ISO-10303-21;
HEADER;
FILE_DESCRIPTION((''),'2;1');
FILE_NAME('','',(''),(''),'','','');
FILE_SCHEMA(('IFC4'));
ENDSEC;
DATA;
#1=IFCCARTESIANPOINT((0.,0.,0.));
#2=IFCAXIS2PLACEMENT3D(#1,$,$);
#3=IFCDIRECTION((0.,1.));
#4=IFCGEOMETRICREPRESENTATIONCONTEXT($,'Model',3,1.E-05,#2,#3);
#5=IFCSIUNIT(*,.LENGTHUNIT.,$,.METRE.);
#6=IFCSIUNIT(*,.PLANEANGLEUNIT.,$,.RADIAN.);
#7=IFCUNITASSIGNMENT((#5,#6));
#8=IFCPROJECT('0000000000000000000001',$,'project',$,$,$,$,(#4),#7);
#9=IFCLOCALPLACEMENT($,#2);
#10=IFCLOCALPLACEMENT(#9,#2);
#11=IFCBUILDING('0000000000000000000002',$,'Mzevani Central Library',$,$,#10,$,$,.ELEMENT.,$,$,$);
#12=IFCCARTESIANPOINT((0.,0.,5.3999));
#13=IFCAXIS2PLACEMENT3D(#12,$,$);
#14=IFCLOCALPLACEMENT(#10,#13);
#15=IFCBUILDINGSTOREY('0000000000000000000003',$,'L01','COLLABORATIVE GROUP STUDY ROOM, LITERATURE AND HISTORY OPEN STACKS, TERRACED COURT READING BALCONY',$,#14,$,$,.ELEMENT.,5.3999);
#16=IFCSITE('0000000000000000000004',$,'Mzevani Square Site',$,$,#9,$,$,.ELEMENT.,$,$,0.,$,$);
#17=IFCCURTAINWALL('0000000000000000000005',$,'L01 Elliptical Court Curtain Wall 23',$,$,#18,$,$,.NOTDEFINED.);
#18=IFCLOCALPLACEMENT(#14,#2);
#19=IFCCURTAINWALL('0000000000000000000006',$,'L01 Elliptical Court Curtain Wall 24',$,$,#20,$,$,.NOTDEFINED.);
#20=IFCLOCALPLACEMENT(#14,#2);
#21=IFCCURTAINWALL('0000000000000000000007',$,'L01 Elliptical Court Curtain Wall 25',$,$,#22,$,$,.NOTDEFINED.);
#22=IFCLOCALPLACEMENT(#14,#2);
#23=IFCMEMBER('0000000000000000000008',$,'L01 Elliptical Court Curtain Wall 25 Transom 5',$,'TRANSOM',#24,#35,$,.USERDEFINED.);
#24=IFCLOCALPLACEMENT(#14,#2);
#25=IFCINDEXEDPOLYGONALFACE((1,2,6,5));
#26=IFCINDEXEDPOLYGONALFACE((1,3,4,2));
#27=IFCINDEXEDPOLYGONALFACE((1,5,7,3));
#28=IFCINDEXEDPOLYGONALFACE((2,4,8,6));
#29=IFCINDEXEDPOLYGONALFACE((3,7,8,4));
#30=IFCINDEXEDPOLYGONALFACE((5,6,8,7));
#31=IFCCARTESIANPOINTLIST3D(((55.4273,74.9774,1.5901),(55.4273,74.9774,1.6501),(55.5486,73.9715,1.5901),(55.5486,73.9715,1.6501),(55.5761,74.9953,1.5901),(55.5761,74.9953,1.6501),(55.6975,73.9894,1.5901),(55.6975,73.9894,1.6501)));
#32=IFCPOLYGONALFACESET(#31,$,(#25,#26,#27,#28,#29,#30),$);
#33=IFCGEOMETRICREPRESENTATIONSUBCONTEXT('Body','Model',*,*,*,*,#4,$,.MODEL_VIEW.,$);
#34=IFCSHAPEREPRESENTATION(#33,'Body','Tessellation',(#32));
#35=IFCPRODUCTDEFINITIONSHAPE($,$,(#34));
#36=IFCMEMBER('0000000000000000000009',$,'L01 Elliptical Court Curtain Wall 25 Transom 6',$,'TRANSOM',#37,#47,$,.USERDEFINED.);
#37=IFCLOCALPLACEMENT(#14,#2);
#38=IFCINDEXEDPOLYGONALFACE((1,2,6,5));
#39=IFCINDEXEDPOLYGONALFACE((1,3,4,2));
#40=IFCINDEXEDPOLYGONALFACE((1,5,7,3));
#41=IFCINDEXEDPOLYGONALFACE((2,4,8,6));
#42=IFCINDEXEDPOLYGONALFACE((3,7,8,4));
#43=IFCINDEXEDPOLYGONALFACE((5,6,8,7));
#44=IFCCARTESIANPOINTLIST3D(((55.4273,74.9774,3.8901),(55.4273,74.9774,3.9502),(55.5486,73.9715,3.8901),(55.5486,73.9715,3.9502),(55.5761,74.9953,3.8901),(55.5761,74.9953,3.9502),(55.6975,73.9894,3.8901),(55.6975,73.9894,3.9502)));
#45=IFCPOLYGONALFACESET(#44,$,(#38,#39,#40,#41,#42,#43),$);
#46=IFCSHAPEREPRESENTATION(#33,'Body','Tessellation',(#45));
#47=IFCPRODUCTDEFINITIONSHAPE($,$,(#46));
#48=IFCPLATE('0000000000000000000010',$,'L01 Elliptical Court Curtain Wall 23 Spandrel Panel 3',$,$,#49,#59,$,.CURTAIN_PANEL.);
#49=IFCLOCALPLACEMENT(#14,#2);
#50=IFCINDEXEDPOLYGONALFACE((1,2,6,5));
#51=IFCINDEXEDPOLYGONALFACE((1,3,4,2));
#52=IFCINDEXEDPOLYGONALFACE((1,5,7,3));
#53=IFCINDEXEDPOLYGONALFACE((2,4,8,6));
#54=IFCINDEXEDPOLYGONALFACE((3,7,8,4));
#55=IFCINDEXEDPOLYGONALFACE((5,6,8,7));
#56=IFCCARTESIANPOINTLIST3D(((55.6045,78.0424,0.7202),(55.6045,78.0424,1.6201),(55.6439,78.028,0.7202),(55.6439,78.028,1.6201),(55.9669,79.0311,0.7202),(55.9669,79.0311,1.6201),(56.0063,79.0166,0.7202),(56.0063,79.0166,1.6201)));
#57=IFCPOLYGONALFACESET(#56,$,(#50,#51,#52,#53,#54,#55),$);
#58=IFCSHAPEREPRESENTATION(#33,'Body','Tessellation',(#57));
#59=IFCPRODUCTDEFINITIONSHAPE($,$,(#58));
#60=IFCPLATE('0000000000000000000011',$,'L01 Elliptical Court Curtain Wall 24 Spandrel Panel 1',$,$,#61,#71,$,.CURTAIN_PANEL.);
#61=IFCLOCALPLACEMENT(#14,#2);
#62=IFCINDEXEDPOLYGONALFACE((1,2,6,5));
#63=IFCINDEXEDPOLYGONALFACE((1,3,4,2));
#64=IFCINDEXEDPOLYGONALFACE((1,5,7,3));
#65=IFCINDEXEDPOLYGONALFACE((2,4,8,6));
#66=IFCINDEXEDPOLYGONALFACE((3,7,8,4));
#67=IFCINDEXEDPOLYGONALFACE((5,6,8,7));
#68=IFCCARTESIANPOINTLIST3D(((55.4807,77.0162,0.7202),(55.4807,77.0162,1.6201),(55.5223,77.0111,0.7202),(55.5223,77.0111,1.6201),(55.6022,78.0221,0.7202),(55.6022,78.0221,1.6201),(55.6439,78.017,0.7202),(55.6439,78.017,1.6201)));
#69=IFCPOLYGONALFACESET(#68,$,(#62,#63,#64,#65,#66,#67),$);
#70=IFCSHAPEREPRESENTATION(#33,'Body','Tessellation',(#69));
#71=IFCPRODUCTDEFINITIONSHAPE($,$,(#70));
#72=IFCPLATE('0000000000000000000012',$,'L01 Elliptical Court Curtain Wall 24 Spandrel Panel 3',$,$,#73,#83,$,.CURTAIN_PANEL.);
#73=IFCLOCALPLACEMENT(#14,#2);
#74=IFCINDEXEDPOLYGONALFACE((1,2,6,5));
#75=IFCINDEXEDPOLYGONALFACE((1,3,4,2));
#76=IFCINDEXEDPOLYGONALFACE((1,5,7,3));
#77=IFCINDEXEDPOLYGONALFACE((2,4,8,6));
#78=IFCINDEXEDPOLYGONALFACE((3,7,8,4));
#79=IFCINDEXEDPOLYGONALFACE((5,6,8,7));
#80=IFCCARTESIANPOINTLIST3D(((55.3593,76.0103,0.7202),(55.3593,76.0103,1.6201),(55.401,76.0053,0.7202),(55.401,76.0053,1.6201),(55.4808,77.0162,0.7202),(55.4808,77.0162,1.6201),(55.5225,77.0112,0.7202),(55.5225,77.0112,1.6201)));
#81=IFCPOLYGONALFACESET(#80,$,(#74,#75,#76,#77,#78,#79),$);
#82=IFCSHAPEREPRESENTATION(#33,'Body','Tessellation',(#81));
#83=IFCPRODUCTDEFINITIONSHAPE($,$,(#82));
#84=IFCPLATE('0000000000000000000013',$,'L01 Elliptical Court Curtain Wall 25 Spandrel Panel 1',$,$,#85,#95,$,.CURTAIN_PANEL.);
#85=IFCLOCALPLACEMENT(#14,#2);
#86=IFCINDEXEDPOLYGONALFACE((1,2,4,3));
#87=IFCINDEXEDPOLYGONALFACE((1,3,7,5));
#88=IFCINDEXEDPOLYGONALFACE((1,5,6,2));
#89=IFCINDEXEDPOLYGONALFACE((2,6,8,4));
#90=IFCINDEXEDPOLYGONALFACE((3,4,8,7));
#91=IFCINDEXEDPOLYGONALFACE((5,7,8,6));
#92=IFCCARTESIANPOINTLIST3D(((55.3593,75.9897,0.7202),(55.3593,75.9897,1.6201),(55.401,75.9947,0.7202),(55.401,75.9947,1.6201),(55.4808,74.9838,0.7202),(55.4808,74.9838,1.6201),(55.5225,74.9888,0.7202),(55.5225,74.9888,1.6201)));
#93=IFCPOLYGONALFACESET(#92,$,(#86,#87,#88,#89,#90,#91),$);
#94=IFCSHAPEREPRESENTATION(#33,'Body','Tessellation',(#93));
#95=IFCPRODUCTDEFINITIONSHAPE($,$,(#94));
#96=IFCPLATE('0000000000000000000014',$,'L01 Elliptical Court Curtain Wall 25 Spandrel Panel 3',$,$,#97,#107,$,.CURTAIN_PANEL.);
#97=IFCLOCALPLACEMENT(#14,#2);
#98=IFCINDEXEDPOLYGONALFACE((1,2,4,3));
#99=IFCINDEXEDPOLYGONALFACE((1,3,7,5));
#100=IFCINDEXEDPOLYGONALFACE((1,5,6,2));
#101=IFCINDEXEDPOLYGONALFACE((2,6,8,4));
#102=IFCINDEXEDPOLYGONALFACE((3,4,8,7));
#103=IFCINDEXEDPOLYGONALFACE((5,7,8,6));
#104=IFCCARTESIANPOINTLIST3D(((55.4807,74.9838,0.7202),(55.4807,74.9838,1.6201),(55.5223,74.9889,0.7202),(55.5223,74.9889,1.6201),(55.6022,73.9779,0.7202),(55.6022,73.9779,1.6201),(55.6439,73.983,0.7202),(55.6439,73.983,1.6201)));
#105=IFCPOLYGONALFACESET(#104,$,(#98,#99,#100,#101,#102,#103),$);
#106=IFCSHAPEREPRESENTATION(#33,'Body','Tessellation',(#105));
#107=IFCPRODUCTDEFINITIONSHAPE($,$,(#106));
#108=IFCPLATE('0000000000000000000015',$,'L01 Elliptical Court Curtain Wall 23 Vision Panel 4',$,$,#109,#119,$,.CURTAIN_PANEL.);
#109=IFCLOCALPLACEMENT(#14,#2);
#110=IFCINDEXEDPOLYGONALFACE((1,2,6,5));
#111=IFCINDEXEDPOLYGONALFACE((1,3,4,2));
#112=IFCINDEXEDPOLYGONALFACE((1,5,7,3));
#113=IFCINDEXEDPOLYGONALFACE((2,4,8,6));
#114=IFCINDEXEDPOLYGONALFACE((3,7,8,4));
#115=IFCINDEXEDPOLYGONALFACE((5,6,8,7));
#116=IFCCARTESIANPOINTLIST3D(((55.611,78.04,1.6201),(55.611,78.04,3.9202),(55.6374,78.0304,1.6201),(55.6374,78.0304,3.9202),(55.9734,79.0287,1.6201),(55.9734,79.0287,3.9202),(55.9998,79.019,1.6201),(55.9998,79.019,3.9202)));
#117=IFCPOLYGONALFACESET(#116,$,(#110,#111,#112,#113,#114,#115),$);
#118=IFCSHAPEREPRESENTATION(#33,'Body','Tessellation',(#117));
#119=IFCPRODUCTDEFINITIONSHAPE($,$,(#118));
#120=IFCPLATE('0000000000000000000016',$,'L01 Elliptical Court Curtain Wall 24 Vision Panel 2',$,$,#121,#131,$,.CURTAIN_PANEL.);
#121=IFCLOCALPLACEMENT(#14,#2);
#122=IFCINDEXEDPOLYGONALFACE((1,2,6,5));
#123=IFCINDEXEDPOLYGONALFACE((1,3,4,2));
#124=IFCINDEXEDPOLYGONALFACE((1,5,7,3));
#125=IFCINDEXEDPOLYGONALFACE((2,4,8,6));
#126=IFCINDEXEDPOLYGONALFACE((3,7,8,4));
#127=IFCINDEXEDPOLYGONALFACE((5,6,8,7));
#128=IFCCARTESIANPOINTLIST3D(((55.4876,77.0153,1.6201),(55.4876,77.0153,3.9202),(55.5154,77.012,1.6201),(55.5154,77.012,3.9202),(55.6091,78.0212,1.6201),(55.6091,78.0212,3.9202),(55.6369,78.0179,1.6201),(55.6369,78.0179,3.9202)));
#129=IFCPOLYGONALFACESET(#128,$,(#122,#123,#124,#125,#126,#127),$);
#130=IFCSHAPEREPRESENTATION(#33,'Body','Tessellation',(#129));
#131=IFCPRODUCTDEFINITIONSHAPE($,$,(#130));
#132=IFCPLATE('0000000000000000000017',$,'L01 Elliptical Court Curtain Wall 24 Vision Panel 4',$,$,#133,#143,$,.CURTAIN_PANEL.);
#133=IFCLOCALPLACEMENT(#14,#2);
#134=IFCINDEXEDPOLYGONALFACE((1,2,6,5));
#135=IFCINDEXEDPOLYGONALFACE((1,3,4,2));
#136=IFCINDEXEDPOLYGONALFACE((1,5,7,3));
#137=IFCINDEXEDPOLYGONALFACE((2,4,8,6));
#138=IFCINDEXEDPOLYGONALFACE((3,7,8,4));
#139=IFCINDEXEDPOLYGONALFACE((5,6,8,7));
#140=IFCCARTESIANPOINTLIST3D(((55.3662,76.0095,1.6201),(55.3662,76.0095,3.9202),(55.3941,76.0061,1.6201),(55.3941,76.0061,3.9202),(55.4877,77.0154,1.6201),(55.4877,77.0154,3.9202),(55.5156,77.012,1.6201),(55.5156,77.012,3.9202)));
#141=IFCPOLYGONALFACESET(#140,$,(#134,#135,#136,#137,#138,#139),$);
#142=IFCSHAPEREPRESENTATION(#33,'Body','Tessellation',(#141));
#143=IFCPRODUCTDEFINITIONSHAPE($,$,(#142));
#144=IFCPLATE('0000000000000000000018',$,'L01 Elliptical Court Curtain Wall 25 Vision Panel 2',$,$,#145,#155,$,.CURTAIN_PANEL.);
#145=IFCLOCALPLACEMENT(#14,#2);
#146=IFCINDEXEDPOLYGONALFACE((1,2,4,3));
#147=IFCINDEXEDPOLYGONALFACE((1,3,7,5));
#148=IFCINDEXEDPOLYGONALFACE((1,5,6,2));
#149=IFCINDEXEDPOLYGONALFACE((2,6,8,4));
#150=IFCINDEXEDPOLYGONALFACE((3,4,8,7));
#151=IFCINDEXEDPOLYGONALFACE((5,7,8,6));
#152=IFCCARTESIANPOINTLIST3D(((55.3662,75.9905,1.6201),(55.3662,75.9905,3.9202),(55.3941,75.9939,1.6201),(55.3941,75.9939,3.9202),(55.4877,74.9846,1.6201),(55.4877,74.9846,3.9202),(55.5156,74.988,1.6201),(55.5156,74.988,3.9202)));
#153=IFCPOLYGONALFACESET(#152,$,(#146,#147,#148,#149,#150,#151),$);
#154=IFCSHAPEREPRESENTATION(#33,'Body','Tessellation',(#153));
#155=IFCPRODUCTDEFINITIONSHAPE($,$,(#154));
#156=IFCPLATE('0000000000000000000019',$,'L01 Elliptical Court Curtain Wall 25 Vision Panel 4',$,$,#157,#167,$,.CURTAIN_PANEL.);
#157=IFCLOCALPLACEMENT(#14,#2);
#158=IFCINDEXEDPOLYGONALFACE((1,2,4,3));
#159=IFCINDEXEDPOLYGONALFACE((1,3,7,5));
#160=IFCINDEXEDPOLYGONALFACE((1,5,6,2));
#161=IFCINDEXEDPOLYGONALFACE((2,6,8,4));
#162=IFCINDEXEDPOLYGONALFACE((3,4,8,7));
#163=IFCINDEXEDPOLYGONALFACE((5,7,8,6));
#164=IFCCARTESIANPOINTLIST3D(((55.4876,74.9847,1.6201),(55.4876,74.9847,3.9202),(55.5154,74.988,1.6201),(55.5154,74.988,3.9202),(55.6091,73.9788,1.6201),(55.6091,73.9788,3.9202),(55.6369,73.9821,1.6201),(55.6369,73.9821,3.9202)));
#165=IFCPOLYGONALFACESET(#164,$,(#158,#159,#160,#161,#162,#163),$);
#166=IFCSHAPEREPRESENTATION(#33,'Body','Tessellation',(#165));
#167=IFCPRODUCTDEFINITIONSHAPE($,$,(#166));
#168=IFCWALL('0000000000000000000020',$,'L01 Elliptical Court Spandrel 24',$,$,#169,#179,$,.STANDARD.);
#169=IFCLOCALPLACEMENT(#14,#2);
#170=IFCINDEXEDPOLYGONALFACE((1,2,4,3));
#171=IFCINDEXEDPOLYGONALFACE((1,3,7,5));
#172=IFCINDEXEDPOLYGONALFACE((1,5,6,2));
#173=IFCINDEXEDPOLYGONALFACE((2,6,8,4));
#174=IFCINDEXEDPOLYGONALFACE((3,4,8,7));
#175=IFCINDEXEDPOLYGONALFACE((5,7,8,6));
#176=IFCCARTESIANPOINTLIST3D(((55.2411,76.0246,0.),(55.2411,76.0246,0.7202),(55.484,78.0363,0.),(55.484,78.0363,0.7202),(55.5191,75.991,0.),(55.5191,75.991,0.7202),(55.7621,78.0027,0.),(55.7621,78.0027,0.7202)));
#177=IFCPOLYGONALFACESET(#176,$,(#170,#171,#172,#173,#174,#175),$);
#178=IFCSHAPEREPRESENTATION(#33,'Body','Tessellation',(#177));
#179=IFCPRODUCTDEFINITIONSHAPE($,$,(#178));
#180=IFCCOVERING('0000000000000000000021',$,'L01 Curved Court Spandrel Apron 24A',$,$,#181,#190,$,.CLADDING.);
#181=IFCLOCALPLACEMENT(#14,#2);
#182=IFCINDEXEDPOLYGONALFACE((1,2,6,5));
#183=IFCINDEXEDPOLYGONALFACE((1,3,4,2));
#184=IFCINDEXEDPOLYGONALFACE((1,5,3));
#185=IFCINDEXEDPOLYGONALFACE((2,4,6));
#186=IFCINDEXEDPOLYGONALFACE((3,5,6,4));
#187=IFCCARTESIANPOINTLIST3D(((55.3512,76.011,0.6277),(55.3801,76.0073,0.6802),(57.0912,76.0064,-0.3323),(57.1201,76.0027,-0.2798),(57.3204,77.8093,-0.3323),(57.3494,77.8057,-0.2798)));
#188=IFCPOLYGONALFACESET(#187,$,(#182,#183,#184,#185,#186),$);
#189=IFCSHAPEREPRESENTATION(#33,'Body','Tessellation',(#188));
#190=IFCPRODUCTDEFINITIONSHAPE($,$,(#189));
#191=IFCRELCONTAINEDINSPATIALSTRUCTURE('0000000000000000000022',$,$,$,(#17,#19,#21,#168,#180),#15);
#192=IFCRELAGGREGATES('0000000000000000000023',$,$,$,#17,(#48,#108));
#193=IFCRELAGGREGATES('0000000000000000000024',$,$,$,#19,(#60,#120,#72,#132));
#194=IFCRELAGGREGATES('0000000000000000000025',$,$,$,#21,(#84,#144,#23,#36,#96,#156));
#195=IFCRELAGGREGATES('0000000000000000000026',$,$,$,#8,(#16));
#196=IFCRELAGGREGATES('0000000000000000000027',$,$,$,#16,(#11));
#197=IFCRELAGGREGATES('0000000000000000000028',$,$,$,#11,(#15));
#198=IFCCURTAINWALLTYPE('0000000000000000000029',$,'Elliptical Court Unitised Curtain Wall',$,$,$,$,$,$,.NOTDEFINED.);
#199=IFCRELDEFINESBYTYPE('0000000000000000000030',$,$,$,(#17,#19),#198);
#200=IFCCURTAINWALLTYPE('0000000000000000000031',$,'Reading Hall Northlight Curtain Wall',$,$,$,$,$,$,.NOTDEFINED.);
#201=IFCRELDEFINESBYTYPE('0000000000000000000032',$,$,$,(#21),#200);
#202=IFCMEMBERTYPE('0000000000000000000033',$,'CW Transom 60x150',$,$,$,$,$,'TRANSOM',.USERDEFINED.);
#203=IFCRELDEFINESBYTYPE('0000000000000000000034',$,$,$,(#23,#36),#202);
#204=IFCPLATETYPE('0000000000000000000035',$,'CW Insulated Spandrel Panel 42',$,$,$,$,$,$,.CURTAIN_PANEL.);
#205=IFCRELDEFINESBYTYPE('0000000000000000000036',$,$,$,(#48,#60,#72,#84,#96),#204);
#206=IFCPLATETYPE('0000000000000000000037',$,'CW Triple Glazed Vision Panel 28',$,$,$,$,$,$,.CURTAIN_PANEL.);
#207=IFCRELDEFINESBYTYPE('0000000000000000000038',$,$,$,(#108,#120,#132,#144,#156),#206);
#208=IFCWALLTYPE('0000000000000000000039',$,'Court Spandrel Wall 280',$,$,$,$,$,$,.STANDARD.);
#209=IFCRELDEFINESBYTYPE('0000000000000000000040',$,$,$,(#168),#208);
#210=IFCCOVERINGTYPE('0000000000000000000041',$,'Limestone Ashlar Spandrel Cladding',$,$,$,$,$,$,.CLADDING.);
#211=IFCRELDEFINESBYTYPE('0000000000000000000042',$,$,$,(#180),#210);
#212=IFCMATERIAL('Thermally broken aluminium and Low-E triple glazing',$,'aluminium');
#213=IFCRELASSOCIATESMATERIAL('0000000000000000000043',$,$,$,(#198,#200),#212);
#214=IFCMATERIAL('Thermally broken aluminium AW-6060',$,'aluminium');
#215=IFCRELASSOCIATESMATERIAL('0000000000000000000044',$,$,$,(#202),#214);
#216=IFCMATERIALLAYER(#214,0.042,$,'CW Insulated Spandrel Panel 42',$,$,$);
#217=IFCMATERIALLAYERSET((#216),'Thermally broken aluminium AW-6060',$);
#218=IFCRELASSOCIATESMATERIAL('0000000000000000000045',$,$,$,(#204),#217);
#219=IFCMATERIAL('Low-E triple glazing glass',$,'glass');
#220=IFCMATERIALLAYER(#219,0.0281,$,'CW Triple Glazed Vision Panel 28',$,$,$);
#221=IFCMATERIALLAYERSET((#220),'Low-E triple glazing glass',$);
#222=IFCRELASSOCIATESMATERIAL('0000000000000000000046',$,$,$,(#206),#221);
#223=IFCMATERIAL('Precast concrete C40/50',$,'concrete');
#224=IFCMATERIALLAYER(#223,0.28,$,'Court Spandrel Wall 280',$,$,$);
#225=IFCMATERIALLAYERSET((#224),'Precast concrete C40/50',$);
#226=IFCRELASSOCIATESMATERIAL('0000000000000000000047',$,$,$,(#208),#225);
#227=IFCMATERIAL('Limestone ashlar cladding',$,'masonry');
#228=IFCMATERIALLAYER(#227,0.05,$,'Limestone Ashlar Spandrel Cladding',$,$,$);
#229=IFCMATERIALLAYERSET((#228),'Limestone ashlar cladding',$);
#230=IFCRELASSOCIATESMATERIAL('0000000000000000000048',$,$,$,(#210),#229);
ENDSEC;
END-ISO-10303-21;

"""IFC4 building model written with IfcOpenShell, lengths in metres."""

from ifc_helpers import new_model, si_unit, direction, frame, frame_2d, origin, origin_2d, place, context, subcontext, project, spatial, polyline, rectangle, outline, extrude, material, layer, layer_set, material_profile, profile_set, type_object, element, aggregate, save


model = new_model("IFC4")

# Units and contexts
model_context = context("Model", 3, precision=1e-05, world=origin(), true_north=direction((0.0, 1.0)))
body_context = subcontext(model_context, "Body", "Model", "MODEL_VIEW")
ifc_project = project(units=[si_unit("LENGTHUNIT", "METRE"), si_unit("PLANEANGLEUNIT", "RADIAN")], contexts=[model_context])

# Site, building, storey
site_placement = place(None, origin())
site = spatial("IfcSite", under=ifc_project, at=site_placement, Name="Mzevani Square Site", CompositionType="ELEMENT", RefElevation=0.0)
building_placement = place(site_placement, origin())
building = spatial("IfcBuilding", under=site, at=building_placement, Name="Mzevani Central Library", CompositionType="ELEMENT")
storey_placement = place(building_placement, frame((0.0, 0.0, 5.3999)))
storey = spatial("IfcBuildingStorey", under=building, at=storey_placement, Name="L01", Description="COLLABORATIVE GROUP STUDY ROOM, LITERATURE AND HISTORY OPEN STACKS, TERRACED COURT READING BALCONY", CompositionType="ELEMENT", Elevation=5.3999)

# Curtain wall
ifc_material_1 = material(Name="Thermally broken aluminium and Low-E triple glazing", Category="aluminium")
curtain_wall_type_1 = type_object("IfcCurtainWallType", Name="Elliptical Court Unitised Curtain Wall", PredefinedType="NOTDEFINED", material=ifc_material_1)
curtain_wall_1_placement = place(storey_placement, origin())
curtain_wall_1 = element("IfcCurtainWall", 1, at=curtain_wall_1_placement, inside=storey, type_object=curtain_wall_type_1, Name="L01 Elliptical Court Curtain Wall 23", PredefinedType="NOTDEFINED")
ifc_material_2 = material(Name="Thermally broken aluminium AW-6060", Category="aluminium")

# Curtain walls
curtain_wall_2_placement = place(storey_placement, origin())
curtain_wall_2 = element("IfcCurtainWall", 2, at=curtain_wall_2_placement, inside=storey, type_object=curtain_wall_type_1, Name="L01 Elliptical Court Curtain Wall 24", PredefinedType="NOTDEFINED")
curtain_wall_type_2 = type_object("IfcCurtainWallType", Name="Reading Hall Northlight Curtain Wall", PredefinedType="NOTDEFINED", material=ifc_material_1)
curtain_wall_3_placement = place(storey_placement, origin())
curtain_wall_3 = element("IfcCurtainWall", 3, at=curtain_wall_3_placement, inside=storey, type_object=curtain_wall_type_2, Name="L01 Elliptical Court Curtain Wall 25", PredefinedType="NOTDEFINED")

# Members
ifc_material_profile_1 = material_profile(ifc_material_2, rectangle(XDim=0.1499, YDim=0.0601, at=origin_2d()), Name="ALU T60x150")
ifc_profile_set_1 = profile_set([ifc_material_profile_1], Name="Thermally broken aluminium AW-6060")
member_type_1 = type_object("IfcMemberType", Name="CW Transom 60x150", ElementType="TRANSOM", PredefinedType="USERDEFINED", material=ifc_profile_set_1)
member_1_placement = place(storey_placement, frame((55.5017, 74.9863, 1.6201), z_axis=(0.119763, -0.992803, 0.0), x_axis=(0.992803, 0.119763, 0.0)))
member_1 = element("IfcMember", 4, at=member_1_placement, type_object=member_type_1, Name="L01 Elliptical Court Curtain Wall 25 Transom 5", ObjectType="TRANSOM", PredefinedType="USERDEFINED", context=body_context, shape_type="SweptSolid", body=[
    extrude(rectangle(XDim=0.1499, YDim=0.0601, at=origin_2d()), origin(), (0.0, 0.0, 1.0), 1.0132),
])
member_2_placement = place(storey_placement, frame((55.5017, 74.9863, 3.9202), z_axis=(0.119763, -0.992803, 0.0), x_axis=(0.992803, 0.119763, 0.0)))
member_2 = element("IfcMember", 5, at=member_2_placement, type_object=member_type_1, Name="L01 Elliptical Court Curtain Wall 25 Transom 6", ObjectType="TRANSOM", PredefinedType="USERDEFINED", context=body_context, shape_type="SweptSolid", body=[
    extrude(rectangle(XDim=0.1499, YDim=0.0601, at=origin_2d()), origin(), (0.0, 0.0, 1.0), 1.0132),
])

# Plates
ifc_layer_1 = layer(ifc_material_2, 0.042, Name="CW Insulated Spandrel Panel 42")
ifc_layer_set_1 = layer_set([ifc_layer_1], Name="Thermally broken aluminium AW-6060")
plate_type_1 = type_object("IfcPlateType", Name="CW Insulated Spandrel Panel 42", PredefinedType="CURTAIN_PANEL", material=ifc_layer_set_1)
plate_1_placement = place(storey_placement, frame((55.8054, 78.5295, 0.7202), z_axis=(0.0, 0.0, 1.0), x_axis=(-0.344166, -0.938909, 0.0)))
plate_1 = element("IfcPlate", 6, at=plate_1_placement, type_object=plate_type_1, Name="L01 Elliptical Court Curtain Wall 23 Spandrel Panel 3", PredefinedType="CURTAIN_PANEL", context=body_context, shape_type="SweptSolid", body=[
    extrude(rectangle(XDim=1.053, YDim=0.042, at=origin_2d()), origin(), (0.0, 0.0, 1.0), 0.8999),
])
plate_2_placement = place(storey_placement, frame((55.5623, 77.5166, 0.7202), z_axis=(0.0, 0.0, 1.0), x_axis=(-0.119922, -0.992783, 0.0)))
plate_2 = element("IfcPlate", 7, at=plate_2_placement, type_object=plate_type_1, Name="L01 Elliptical Court Curtain Wall 24 Spandrel Panel 1", PredefinedType="CURTAIN_PANEL", context=body_context, shape_type="SweptSolid", body=[
    extrude(rectangle(XDim=1.0132, YDim=0.042, at=origin_2d()), origin(), (0.0, 0.0, 1.0), 0.8999),
])
plate_3_placement = place(storey_placement, frame((55.4409, 76.5107, 0.7202), z_axis=(0.0, 0.0, 1.0), x_axis=(-0.119922, -0.992783, 0.0)))
plate_3 = element("IfcPlate", 8, at=plate_3_placement, type_object=plate_type_1, Name="L01 Elliptical Court Curtain Wall 24 Spandrel Panel 3", PredefinedType="CURTAIN_PANEL", context=body_context, shape_type="SweptSolid", body=[
    extrude(rectangle(XDim=1.0132, YDim=0.042, at=origin_2d()), origin(), (0.0, 0.0, 1.0), 0.8999),
])
plate_4_placement = place(storey_placement, frame((55.4409, 75.4893, 0.7202), z_axis=(0.0, 0.0, 1.0), x_axis=(0.119922, -0.992783, 0.0)))
plate_4 = element("IfcPlate", 9, at=plate_4_placement, type_object=plate_type_1, Name="L01 Elliptical Court Curtain Wall 25 Spandrel Panel 1", PredefinedType="CURTAIN_PANEL", context=body_context, shape_type="SweptSolid", body=[
    extrude(rectangle(XDim=1.0132, YDim=0.042, at=origin_2d()), origin(), (0.0, 0.0, 1.0), 0.8999),
])
plate_5_placement = place(storey_placement, frame((55.5623, 74.4834, 0.7202), z_axis=(0.0, 0.0, 1.0), x_axis=(0.119922, -0.992783, 0.0)))
plate_5 = element("IfcPlate", 10, at=plate_5_placement, type_object=plate_type_1, Name="L01 Elliptical Court Curtain Wall 25 Spandrel Panel 3", PredefinedType="CURTAIN_PANEL", context=body_context, shape_type="SweptSolid", body=[
    extrude(rectangle(XDim=1.0132, YDim=0.042, at=origin_2d()), origin(), (0.0, 0.0, 1.0), 0.8999),
])
ifc_material_3 = material(Name="Low-E triple glazing glass", Category="glass")
ifc_layer_2 = layer(ifc_material_3, 0.0281, Name="CW Triple Glazed Vision Panel 28")
ifc_layer_set_2 = layer_set([ifc_layer_2], Name="Low-E triple glazing glass")
plate_type_2 = type_object("IfcPlateType", Name="CW Triple Glazed Vision Panel 28", PredefinedType="CURTAIN_PANEL", material=ifc_layer_set_2)
plate_6_placement = place(storey_placement, frame((55.8054, 78.5295, 1.6201), z_axis=(0.0, 0.0, 1.0), x_axis=(-0.344166, -0.938909, 0.0)))
plate_6 = element("IfcPlate", 11, at=plate_6_placement, type_object=plate_type_2, Name="L01 Elliptical Court Curtain Wall 23 Vision Panel 4", PredefinedType="CURTAIN_PANEL", context=body_context, shape_type="SweptSolid", body=[
    extrude(rectangle(XDim=1.053, YDim=0.0281, at=origin_2d()), origin(), (0.0, 0.0, 1.0), 2.3),
])
aggregate(curtain_wall_1, [plate_1, plate_6])
plate_7_placement = place(storey_placement, frame((55.5623, 77.5166, 1.6201), z_axis=(0.0, 0.0, 1.0), x_axis=(-0.119922, -0.992783, 0.0)))
plate_7 = element("IfcPlate", 12, at=plate_7_placement, type_object=plate_type_2, Name="L01 Elliptical Court Curtain Wall 24 Vision Panel 2", PredefinedType="CURTAIN_PANEL", context=body_context, shape_type="SweptSolid", body=[
    extrude(rectangle(XDim=1.0132, YDim=0.0281, at=origin_2d()), origin(), (0.0, 0.0, 1.0), 2.3),
])
plate_8_placement = place(storey_placement, frame((55.4409, 76.5107, 1.6201), z_axis=(0.0, 0.0, 1.0), x_axis=(-0.119922, -0.992783, 0.0)))
plate_8 = element("IfcPlate", 13, at=plate_8_placement, type_object=plate_type_2, Name="L01 Elliptical Court Curtain Wall 24 Vision Panel 4", PredefinedType="CURTAIN_PANEL", context=body_context, shape_type="SweptSolid", body=[
    extrude(rectangle(XDim=1.0132, YDim=0.0281, at=origin_2d()), origin(), (0.0, 0.0, 1.0), 2.3),
])
aggregate(curtain_wall_2, [plate_2, plate_7, plate_3, plate_8])
plate_9_placement = place(storey_placement, frame((55.4409, 75.4893, 1.6201), z_axis=(0.0, 0.0, 1.0), x_axis=(0.119922, -0.992783, 0.0)))
plate_9 = element("IfcPlate", 14, at=plate_9_placement, type_object=plate_type_2, Name="L01 Elliptical Court Curtain Wall 25 Vision Panel 2", PredefinedType="CURTAIN_PANEL", context=body_context, shape_type="SweptSolid", body=[
    extrude(rectangle(XDim=1.0132, YDim=0.0281, at=origin_2d()), origin(), (0.0, 0.0, 1.0), 2.3),
])
plate_10_placement = place(storey_placement, frame((55.5623, 74.4834, 1.6201), z_axis=(0.0, 0.0, 1.0), x_axis=(0.119922, -0.992783, 0.0)))
plate_10 = element("IfcPlate", 15, at=plate_10_placement, type_object=plate_type_2, Name="L01 Elliptical Court Curtain Wall 25 Vision Panel 4", PredefinedType="CURTAIN_PANEL", context=body_context, shape_type="SweptSolid", body=[
    extrude(rectangle(XDim=1.0132, YDim=0.0281, at=origin_2d()), origin(), (0.0, 0.0, 1.0), 2.3),
])
aggregate(curtain_wall_3, [plate_4, plate_9, member_1, member_2, plate_5, plate_10])

# Wall
ifc_material_4 = material(Name="Precast concrete C40/50", Category="concrete")
ifc_layer_3 = layer(ifc_material_4, 0.28, Name="Court Spandrel Wall 280")
ifc_layer_set_3 = layer_set([ifc_layer_3], Name="Precast concrete C40/50")
wall_type = type_object("IfcWallType", Name="Court Spandrel Wall 280", PredefinedType="STANDARD", material=ifc_layer_set_3)
wall_placement = place(storey_placement, frame((55.623, 78.0195, 0.0), z_axis=(0.0, 0.0, 1.0), x_axis=(-0.119882, -0.992788, 0.0)))
element("IfcWall", 16, at=wall_placement, inside=storey, type_object=wall_type, Name="L01 Elliptical Court Spandrel 24", PredefinedType="STANDARD", context=body_context, shape_type="SweptSolid", body=[
    extrude(rectangle(XDim=2.0264, YDim=0.28, at=frame_2d((1.0132, 0.0))), origin(), (0.0, 0.0, 1.0), 0.7202),
])

# Covering
ifc_material_5 = material(Name="Limestone ashlar cladding", Category="masonry")
ifc_layer_4 = layer(ifc_material_5, 0.05, Name="Limestone Ashlar Spandrel Cladding")
ifc_layer_set_4 = layer_set([ifc_layer_4], Name="Limestone ashlar cladding")
covering_type = type_object("IfcCoveringType", Name="Limestone Ashlar Spandrel Cladding", PredefinedType="CLADDING", material=ifc_layer_set_4)
covering_1_placement = place(storey_placement, frame((57.3494, 77.8057, -0.2798), z_axis=(0.482031, -0.06129, 0.874008), x_axis=(-0.126134, -0.992013, 0.0)))
element("IfcCovering", 17, at=covering_1_placement, inside=storey, type_object=covering_type, Name="L01 Curved Court Spandrel Apron 24A", PredefinedType="CLADDING", context=body_context, shape_type="SweptSolid", body=[
    extrude(outline(polyline([(0.0, 0.0), (1.8175, 0.0), (2.0324, -1.9756), (0.0, 0.0)])), origin(), (0.0, 0.0, -1.0), 0.0601),
])

save(model, "model.ifc")
